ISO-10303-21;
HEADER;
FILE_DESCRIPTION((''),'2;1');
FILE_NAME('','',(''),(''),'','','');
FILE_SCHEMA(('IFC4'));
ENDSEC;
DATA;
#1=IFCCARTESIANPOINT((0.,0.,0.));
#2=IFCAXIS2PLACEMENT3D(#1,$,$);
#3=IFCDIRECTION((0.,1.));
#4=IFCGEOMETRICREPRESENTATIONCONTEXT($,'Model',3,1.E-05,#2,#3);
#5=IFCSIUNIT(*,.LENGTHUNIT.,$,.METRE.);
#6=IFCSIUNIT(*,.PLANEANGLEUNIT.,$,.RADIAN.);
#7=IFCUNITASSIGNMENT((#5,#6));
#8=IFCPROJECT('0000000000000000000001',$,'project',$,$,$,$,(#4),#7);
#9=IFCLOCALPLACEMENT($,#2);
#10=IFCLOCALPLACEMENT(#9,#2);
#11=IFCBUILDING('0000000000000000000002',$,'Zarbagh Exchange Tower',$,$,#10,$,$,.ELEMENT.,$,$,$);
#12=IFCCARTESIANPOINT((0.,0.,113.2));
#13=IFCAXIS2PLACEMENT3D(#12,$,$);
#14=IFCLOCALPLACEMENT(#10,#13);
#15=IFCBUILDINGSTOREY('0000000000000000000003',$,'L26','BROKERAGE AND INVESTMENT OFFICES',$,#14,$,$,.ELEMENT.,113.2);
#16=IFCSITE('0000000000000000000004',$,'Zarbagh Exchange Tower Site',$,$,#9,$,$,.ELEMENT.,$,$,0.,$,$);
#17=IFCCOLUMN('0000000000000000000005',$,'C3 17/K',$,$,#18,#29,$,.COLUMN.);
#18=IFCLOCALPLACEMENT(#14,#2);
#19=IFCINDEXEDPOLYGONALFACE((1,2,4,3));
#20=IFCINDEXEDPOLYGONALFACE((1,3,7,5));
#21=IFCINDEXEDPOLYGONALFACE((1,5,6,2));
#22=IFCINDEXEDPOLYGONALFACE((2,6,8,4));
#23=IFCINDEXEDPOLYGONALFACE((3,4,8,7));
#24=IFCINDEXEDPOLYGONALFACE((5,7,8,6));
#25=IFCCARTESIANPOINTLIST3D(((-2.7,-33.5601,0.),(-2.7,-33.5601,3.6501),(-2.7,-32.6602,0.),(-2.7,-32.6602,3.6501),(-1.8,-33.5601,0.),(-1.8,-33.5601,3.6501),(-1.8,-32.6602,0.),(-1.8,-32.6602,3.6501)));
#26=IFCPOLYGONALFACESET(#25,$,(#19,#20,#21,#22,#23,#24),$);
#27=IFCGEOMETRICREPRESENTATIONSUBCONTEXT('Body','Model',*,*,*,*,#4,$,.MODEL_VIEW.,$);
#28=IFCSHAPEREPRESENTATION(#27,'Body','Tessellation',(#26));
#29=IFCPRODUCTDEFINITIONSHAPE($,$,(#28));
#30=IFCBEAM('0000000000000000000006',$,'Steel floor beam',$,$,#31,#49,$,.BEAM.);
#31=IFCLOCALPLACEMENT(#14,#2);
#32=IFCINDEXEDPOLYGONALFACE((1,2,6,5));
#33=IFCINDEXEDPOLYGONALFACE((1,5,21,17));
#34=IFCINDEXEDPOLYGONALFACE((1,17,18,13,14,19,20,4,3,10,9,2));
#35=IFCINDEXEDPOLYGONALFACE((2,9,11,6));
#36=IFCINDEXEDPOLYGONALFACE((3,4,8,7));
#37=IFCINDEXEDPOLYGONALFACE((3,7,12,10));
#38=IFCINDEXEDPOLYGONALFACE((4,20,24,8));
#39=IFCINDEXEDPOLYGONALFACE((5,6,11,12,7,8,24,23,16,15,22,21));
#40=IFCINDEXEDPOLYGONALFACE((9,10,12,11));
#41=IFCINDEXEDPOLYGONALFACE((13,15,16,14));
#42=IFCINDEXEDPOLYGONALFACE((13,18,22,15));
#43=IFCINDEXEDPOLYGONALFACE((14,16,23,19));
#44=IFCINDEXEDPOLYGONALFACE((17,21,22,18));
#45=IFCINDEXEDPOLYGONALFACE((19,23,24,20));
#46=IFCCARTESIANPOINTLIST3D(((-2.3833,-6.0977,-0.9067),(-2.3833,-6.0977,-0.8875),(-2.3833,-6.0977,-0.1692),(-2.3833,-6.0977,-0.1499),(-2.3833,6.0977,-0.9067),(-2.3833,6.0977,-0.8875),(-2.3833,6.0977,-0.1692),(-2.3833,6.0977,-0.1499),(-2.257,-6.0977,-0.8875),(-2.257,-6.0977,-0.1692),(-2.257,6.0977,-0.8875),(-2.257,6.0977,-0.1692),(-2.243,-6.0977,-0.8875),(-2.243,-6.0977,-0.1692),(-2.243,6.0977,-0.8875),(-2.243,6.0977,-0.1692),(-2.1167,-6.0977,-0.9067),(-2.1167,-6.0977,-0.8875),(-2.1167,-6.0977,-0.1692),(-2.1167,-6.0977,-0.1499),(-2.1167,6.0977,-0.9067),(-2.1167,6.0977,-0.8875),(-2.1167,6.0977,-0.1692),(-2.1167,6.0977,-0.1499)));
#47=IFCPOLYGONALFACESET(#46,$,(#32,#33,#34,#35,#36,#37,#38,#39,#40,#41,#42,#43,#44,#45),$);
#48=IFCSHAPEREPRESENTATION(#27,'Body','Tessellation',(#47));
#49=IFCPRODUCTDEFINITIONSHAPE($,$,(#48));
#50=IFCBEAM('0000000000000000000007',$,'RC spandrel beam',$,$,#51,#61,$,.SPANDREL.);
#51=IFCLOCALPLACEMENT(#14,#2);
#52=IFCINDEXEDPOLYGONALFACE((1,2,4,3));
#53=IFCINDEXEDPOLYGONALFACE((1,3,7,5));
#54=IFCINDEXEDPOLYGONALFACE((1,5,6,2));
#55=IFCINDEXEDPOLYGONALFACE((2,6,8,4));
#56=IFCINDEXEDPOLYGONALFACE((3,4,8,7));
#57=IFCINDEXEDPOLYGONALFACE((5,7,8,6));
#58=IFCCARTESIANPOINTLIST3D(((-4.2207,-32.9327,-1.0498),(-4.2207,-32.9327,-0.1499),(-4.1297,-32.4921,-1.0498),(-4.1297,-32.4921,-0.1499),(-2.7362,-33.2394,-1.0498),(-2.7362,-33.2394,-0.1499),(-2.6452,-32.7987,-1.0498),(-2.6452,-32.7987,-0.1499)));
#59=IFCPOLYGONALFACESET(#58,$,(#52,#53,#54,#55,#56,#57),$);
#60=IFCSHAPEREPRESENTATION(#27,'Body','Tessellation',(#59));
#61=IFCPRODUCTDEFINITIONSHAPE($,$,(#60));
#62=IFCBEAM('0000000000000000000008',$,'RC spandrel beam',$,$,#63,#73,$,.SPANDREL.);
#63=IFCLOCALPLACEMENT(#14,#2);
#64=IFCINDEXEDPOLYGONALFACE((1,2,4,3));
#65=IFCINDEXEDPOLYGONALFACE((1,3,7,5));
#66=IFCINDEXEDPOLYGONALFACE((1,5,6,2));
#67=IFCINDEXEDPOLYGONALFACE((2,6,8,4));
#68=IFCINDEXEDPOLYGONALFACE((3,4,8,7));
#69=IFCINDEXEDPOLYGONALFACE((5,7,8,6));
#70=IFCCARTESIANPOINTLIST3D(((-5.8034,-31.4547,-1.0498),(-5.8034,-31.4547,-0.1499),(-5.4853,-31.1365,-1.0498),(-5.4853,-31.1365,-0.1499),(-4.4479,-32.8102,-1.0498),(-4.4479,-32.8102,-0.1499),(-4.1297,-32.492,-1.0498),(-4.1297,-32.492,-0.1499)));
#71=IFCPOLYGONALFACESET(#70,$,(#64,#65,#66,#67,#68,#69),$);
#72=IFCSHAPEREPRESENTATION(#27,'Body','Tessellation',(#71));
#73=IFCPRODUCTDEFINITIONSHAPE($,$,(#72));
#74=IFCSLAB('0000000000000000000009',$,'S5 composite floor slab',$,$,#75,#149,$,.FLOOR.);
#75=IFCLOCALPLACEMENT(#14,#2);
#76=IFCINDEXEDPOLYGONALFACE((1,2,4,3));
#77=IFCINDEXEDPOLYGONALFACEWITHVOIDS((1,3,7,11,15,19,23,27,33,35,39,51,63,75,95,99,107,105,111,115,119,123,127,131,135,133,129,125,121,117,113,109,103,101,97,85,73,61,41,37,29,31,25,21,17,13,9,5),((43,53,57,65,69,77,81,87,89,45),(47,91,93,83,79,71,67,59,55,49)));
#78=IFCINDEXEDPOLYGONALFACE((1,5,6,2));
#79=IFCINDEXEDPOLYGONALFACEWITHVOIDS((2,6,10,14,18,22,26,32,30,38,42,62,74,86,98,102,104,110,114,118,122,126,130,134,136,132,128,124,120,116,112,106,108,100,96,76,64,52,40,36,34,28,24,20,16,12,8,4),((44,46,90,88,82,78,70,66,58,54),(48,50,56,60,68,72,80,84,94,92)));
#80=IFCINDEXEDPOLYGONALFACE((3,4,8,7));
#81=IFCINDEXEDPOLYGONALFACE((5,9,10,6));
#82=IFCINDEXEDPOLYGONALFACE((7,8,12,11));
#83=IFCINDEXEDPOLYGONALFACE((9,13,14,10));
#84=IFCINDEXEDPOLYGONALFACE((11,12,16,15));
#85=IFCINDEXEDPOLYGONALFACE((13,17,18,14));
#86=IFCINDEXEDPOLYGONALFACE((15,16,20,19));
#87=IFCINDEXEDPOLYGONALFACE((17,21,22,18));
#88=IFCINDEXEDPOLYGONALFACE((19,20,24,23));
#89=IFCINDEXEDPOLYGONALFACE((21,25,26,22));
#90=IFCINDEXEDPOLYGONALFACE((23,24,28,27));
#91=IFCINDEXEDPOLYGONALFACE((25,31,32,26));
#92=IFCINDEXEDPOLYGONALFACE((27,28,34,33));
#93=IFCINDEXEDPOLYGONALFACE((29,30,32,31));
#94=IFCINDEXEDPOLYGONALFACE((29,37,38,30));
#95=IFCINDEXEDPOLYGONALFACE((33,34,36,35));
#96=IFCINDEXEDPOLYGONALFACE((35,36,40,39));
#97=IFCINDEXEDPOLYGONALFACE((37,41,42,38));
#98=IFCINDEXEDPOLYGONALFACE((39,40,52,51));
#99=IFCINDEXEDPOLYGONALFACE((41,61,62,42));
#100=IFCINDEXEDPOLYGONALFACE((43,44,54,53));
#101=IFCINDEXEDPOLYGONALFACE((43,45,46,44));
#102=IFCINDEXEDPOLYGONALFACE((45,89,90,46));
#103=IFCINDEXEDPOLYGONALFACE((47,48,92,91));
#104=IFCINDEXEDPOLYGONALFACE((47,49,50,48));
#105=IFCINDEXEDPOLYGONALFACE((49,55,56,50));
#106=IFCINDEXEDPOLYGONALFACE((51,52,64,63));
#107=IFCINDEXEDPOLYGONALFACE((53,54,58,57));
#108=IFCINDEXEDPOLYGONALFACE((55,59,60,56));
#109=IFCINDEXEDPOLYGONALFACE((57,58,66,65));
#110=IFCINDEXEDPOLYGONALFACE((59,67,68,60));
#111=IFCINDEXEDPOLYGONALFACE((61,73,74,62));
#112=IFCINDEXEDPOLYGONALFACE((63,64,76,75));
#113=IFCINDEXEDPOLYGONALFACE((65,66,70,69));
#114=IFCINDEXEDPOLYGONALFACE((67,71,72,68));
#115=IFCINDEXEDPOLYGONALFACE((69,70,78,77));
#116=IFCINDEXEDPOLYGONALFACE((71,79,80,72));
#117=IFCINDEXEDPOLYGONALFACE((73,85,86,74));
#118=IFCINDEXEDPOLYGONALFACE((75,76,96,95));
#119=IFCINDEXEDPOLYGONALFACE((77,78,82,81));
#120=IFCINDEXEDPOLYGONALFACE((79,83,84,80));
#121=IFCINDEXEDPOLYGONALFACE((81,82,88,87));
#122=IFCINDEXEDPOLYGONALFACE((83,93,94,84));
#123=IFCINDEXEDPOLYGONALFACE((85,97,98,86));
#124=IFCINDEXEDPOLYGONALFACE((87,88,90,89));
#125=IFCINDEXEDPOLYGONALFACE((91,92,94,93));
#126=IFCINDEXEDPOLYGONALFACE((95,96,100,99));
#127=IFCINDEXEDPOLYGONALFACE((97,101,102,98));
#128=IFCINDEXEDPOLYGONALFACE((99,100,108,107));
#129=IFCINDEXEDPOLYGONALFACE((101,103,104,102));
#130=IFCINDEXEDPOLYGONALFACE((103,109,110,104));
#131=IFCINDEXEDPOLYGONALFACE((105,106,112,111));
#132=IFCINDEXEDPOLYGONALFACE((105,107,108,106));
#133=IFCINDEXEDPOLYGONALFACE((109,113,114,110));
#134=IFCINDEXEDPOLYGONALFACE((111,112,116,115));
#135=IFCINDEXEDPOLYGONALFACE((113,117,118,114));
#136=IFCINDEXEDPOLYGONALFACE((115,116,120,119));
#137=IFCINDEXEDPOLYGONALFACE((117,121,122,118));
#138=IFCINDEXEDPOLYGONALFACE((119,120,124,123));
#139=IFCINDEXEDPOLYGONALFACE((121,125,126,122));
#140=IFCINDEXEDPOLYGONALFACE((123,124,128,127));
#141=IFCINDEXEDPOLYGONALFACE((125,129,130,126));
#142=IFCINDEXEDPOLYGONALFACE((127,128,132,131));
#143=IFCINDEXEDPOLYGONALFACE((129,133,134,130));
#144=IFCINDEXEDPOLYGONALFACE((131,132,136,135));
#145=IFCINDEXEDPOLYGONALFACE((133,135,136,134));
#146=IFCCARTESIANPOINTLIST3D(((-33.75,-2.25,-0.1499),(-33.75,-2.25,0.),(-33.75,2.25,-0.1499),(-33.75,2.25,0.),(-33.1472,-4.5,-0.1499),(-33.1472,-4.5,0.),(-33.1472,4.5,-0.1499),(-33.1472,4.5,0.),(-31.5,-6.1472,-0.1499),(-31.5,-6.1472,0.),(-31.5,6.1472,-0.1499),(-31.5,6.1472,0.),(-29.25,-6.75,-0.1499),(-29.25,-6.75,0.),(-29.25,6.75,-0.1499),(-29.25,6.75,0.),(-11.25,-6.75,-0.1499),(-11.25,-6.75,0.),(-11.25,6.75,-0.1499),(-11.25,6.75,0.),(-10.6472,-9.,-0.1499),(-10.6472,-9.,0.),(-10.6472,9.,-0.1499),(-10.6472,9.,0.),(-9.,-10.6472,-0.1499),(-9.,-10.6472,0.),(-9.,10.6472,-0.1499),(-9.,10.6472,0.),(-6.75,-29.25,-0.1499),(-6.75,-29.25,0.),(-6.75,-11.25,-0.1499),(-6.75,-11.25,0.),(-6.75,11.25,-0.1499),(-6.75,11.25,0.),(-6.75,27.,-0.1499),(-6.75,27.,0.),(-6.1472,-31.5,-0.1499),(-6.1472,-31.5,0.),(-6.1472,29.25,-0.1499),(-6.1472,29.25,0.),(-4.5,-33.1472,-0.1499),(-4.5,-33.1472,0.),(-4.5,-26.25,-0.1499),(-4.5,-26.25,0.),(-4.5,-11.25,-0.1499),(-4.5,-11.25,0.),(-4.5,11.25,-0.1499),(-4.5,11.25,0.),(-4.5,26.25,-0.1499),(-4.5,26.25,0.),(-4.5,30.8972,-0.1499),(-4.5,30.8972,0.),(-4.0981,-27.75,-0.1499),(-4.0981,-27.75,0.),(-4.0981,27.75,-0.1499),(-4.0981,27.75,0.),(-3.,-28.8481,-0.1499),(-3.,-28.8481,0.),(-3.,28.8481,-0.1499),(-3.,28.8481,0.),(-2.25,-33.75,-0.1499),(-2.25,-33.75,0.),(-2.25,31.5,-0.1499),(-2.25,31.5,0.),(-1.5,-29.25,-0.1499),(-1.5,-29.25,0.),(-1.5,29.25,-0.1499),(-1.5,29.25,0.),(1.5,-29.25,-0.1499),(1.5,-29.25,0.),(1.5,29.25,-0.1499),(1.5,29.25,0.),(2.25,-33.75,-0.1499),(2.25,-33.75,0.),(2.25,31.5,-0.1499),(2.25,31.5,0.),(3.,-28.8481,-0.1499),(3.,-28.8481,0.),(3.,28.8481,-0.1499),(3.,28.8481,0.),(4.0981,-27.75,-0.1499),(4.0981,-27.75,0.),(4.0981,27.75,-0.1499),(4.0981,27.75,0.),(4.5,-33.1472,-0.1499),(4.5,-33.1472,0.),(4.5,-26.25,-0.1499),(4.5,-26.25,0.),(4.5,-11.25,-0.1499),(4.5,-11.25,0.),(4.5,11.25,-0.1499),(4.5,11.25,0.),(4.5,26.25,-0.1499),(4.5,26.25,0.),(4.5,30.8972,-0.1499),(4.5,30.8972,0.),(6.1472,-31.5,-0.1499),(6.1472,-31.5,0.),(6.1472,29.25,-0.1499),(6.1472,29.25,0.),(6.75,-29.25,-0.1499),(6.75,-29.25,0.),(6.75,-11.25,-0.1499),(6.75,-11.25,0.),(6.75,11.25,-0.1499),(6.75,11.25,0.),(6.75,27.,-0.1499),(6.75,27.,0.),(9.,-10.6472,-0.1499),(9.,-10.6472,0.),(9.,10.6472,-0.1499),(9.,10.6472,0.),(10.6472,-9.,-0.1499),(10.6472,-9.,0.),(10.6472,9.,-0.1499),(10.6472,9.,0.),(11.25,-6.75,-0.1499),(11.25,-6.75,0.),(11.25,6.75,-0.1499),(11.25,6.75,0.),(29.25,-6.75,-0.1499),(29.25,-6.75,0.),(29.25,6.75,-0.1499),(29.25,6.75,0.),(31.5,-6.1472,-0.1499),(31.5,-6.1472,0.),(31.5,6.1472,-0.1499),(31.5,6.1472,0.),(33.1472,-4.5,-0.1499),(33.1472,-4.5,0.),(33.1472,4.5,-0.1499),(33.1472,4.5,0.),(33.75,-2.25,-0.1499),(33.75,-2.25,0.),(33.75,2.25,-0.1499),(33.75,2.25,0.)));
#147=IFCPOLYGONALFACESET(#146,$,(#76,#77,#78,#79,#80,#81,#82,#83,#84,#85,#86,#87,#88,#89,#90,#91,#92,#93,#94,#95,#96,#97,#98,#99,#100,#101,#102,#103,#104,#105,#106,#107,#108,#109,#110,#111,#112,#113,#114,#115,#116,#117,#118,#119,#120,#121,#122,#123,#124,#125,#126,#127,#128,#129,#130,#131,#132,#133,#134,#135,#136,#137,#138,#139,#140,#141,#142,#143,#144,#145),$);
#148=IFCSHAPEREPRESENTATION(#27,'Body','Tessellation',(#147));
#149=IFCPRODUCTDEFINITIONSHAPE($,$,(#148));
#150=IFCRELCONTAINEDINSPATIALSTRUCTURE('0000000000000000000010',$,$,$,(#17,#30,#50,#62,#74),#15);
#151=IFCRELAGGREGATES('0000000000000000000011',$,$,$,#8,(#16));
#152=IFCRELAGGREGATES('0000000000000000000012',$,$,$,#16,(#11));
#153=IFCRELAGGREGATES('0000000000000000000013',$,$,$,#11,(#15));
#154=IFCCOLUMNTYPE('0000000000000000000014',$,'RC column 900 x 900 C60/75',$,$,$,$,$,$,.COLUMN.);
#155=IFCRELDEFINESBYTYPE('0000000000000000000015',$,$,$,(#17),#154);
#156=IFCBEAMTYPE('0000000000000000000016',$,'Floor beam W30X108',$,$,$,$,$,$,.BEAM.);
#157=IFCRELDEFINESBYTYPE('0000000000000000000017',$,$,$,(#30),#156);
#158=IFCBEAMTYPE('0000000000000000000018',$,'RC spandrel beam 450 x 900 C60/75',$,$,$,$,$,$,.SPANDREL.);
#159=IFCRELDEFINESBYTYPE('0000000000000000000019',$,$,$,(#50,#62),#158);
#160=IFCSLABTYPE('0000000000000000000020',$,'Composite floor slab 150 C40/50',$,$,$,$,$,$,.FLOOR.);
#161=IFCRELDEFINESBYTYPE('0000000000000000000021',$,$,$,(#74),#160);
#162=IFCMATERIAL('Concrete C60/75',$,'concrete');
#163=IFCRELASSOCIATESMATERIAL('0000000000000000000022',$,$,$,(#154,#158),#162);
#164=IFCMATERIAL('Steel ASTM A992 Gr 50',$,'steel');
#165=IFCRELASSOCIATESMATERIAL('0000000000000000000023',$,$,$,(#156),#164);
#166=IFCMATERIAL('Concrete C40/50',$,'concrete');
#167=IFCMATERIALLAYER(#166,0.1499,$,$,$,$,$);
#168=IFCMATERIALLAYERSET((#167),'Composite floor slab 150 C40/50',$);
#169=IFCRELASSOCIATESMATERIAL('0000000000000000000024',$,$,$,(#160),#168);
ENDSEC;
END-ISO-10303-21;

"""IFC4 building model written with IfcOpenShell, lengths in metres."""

from ifc_helpers import new_model, si_unit, direction, frame, origin, origin_2d, place, context, subcontext, project, spatial, polyline, rectangle, i_section, outline, extrude, material, layer, layer_set, material_profile, profile_set, type_object, element, save


model = new_model("IFC4")

# Units and contexts
model_context = context("Model", 3, precision=1e-05, world=origin(), true_north=direction((0.0, 1.0)))
body_context = subcontext(model_context, "Body", "Model", "MODEL_VIEW")
ifc_project = project(units=[si_unit("LENGTHUNIT", "METRE"), si_unit("PLANEANGLEUNIT", "RADIAN")], contexts=[model_context])

# Site, building, storey
site_placement = place(None, origin())
site = spatial("IfcSite", under=ifc_project, at=site_placement, Name="Zarbagh Exchange Tower Site", CompositionType="ELEMENT", RefElevation=0.0)
building_placement = place(site_placement, origin())
building = spatial("IfcBuilding", under=site, at=building_placement, Name="Zarbagh Exchange Tower", CompositionType="ELEMENT")
storey_placement = place(building_placement, frame((0.0, 0.0, 113.2)))
storey = spatial("IfcBuildingStorey", under=building, at=storey_placement, Name="L26", Description="BROKERAGE AND INVESTMENT OFFICES", CompositionType="ELEMENT", Elevation=113.2)

# Column
ifc_material_1 = material(Name="Concrete C60/75", Category="concrete")
ifc_material_profile_1 = material_profile(ifc_material_1, rectangle(XDim=0.8999, YDim=0.8999, at=origin_2d()), Name="RC column 900 x 900 C60/75")
ifc_profile_set_1 = profile_set([ifc_material_profile_1], Name="Concrete C60/75")
column_type = type_object("IfcColumnType", Name="RC column 900 x 900 C60/75", PredefinedType="COLUMN", material=ifc_profile_set_1)
column_placement = place(storey_placement, frame((-2.25, -33.1101, 0.0), z_axis=(0.0, 0.0, 1.0), x_axis=(1.0, 0.0, 0.0)))
element("IfcColumn", 1, at=column_placement, inside=storey, type_object=column_type, Name="C3 17/K", PredefinedType="COLUMN", context=body_context, shape_type="SweptSolid", body=[
    extrude(rectangle(XDim=0.8999, YDim=0.8999, at=origin_2d()), origin(), (0.0, 0.0, 1.0), 3.6501),
])

# Beams
ifc_material_2 = material(Name="Steel ASTM A992 Gr 50", Category="steel")
ifc_material_profile_2 = material_profile(ifc_material_2, i_section(OverallWidth=0.2666, OverallDepth=0.7568, WebThickness=0.0139, FlangeThickness=0.0193, at=origin_2d()), Name="W30X108")
ifc_profile_set_2 = profile_set([ifc_material_profile_2], Name="Steel ASTM A992 Gr 50")
beam_type_1 = type_object("IfcBeamType", Name="Floor beam W30X108", PredefinedType="BEAM", material=ifc_profile_set_2)
beam_1_placement = place(storey_placement, frame((-2.25, -6.0977, -0.5283), z_axis=(0.0, 1.0, 0.0), x_axis=(-1.0, 0.0, 0.0)))
element("IfcBeam", 2, at=beam_1_placement, inside=storey, type_object=beam_type_1, Name="Steel floor beam", PredefinedType="BEAM", context=body_context, shape_type="SweptSolid", body=[
    extrude(i_section(OverallWidth=0.2666, OverallDepth=0.7568, WebThickness=0.0139, FlangeThickness=0.0193, at=origin_2d()), origin(), (0.0, 0.0, 1.0), 12.1953),
])
ifc_material_profile_3 = material_profile(ifc_material_1, rectangle(XDim=0.45, YDim=0.8999, at=origin_2d()), Name="RC spandrel beam 450 x 900 C60/75")
ifc_profile_set_3 = profile_set([ifc_material_profile_3], Name="Concrete C60/75")
beam_type_2 = type_object("IfcBeamType", Name="RC spandrel beam 450 x 900 C60/75", PredefinedType="SPANDREL", material=ifc_profile_set_3)
beam_2_placement = place(storey_placement, frame((-2.6907, -33.019, -0.5999), z_axis=(-0.979329, 0.202275, 0.0), x_axis=(-0.202275, -0.979329, 0.0)))
element("IfcBeam", 3, at=beam_2_placement, inside=storey, type_object=beam_type_2, Name="RC spandrel beam", PredefinedType="SPANDREL", context=body_context, shape_type="SweptSolid", body=[
    extrude(rectangle(XDim=0.45, YDim=0.8999, at=origin_2d()), origin(), (0.0, 0.0, 1.0), 1.5159),
])
beam_3_placement = place(storey_placement, frame((-4.2888, -32.6511, -0.5999), z_axis=(-0.707107, 0.707107, 0.0), x_axis=(-0.707107, -0.707107, 0.0)))
element("IfcBeam", 4, at=beam_3_placement, inside=storey, type_object=beam_type_2, Name="RC spandrel beam", PredefinedType="SPANDREL", context=body_context, shape_type="SweptSolid", body=[
    extrude(rectangle(XDim=0.45, YDim=0.8999, at=origin_2d()), origin(), (0.0, 0.0, 1.0), 1.917),
])

# Slab
ifc_material_3 = material(Name="Concrete C40/50", Category="concrete")
ifc_layer_1 = layer(ifc_material_3, 0.1499)
ifc_layer_set_1 = layer_set([ifc_layer_1], Name="Composite floor slab 150 C40/50")
slab_type = type_object("IfcSlabType", Name="Composite floor slab 150 C40/50", PredefinedType="FLOOR", material=ifc_layer_set_1)
slab_placement = place(storey_placement, frame((0.0, 0.0, -0.1499)))
element("IfcSlab", 5, at=slab_placement, inside=storey, type_object=slab_type, Name="S5 composite floor slab", PredefinedType="FLOOR", context=body_context, shape_type="SweptSolid", body=[
    extrude(outline(polyline([(-2.25, -33.75), (-4.5, -33.1472), (-6.1472, -31.5), (-6.75, -29.25), (-6.75, -11.25), (-9.0, -10.6472), (-10.6472, -9.0), (-11.25, -6.75), (-29.25, -6.75), (-31.5, -6.1472), (-33.1472, -4.5), (-33.75, -2.25), (-33.75, 2.25), (-33.1472, 4.5), (-31.5, 6.1472), (-29.25, 6.75), (-11.25, 6.75), (-10.6472, 9.0), (-9.0, 10.6472), (-6.75, 11.25), (-6.75, 27.0), (-6.1472, 29.25), (-4.5, 30.8972), (-2.25, 31.5), (2.25, 31.5), (4.5, 30.8972), (6.1472, 29.25), (6.75, 27.0), (6.75, 11.25), (9.0, 10.6472), (10.6472, 9.0), (11.25, 6.75), (29.25, 6.75), (31.5, 6.1472), (33.1472, 4.5), (33.75, 2.25), (33.75, -2.25), (33.1472, -4.5), (31.5, -6.1472), (29.25, -6.75), (11.25, -6.75), (10.6472, -9.0), (9.0, -10.6472), (6.75, -11.25), (6.75, -29.25), (6.1472, -31.5), (4.5, -33.1472), (2.25, -33.75), (-2.25, -33.75)]), holes=[polyline([(4.5, 11.25), (4.5, 26.25), (4.0981, 27.75), (3.0, 28.8481), (1.5, 29.25), (-1.5, 29.25), (-3.0, 28.8481), (-4.0981, 27.75), (-4.5, 26.25), (-4.5, 11.25), (4.5, 11.25)]), polyline([(-1.5, -29.25), (1.5, -29.25), (3.0, -28.8481), (4.0981, -27.75), (4.5, -26.25), (4.5, -11.25), (-4.5, -11.25), (-4.5, -26.25), (-4.0981, -27.75), (-3.0, -28.8481), (-1.5, -29.25)])]), origin(), (0.0, 0.0, 1.0), 0.1499),
])

save(model, "model.ifc")
